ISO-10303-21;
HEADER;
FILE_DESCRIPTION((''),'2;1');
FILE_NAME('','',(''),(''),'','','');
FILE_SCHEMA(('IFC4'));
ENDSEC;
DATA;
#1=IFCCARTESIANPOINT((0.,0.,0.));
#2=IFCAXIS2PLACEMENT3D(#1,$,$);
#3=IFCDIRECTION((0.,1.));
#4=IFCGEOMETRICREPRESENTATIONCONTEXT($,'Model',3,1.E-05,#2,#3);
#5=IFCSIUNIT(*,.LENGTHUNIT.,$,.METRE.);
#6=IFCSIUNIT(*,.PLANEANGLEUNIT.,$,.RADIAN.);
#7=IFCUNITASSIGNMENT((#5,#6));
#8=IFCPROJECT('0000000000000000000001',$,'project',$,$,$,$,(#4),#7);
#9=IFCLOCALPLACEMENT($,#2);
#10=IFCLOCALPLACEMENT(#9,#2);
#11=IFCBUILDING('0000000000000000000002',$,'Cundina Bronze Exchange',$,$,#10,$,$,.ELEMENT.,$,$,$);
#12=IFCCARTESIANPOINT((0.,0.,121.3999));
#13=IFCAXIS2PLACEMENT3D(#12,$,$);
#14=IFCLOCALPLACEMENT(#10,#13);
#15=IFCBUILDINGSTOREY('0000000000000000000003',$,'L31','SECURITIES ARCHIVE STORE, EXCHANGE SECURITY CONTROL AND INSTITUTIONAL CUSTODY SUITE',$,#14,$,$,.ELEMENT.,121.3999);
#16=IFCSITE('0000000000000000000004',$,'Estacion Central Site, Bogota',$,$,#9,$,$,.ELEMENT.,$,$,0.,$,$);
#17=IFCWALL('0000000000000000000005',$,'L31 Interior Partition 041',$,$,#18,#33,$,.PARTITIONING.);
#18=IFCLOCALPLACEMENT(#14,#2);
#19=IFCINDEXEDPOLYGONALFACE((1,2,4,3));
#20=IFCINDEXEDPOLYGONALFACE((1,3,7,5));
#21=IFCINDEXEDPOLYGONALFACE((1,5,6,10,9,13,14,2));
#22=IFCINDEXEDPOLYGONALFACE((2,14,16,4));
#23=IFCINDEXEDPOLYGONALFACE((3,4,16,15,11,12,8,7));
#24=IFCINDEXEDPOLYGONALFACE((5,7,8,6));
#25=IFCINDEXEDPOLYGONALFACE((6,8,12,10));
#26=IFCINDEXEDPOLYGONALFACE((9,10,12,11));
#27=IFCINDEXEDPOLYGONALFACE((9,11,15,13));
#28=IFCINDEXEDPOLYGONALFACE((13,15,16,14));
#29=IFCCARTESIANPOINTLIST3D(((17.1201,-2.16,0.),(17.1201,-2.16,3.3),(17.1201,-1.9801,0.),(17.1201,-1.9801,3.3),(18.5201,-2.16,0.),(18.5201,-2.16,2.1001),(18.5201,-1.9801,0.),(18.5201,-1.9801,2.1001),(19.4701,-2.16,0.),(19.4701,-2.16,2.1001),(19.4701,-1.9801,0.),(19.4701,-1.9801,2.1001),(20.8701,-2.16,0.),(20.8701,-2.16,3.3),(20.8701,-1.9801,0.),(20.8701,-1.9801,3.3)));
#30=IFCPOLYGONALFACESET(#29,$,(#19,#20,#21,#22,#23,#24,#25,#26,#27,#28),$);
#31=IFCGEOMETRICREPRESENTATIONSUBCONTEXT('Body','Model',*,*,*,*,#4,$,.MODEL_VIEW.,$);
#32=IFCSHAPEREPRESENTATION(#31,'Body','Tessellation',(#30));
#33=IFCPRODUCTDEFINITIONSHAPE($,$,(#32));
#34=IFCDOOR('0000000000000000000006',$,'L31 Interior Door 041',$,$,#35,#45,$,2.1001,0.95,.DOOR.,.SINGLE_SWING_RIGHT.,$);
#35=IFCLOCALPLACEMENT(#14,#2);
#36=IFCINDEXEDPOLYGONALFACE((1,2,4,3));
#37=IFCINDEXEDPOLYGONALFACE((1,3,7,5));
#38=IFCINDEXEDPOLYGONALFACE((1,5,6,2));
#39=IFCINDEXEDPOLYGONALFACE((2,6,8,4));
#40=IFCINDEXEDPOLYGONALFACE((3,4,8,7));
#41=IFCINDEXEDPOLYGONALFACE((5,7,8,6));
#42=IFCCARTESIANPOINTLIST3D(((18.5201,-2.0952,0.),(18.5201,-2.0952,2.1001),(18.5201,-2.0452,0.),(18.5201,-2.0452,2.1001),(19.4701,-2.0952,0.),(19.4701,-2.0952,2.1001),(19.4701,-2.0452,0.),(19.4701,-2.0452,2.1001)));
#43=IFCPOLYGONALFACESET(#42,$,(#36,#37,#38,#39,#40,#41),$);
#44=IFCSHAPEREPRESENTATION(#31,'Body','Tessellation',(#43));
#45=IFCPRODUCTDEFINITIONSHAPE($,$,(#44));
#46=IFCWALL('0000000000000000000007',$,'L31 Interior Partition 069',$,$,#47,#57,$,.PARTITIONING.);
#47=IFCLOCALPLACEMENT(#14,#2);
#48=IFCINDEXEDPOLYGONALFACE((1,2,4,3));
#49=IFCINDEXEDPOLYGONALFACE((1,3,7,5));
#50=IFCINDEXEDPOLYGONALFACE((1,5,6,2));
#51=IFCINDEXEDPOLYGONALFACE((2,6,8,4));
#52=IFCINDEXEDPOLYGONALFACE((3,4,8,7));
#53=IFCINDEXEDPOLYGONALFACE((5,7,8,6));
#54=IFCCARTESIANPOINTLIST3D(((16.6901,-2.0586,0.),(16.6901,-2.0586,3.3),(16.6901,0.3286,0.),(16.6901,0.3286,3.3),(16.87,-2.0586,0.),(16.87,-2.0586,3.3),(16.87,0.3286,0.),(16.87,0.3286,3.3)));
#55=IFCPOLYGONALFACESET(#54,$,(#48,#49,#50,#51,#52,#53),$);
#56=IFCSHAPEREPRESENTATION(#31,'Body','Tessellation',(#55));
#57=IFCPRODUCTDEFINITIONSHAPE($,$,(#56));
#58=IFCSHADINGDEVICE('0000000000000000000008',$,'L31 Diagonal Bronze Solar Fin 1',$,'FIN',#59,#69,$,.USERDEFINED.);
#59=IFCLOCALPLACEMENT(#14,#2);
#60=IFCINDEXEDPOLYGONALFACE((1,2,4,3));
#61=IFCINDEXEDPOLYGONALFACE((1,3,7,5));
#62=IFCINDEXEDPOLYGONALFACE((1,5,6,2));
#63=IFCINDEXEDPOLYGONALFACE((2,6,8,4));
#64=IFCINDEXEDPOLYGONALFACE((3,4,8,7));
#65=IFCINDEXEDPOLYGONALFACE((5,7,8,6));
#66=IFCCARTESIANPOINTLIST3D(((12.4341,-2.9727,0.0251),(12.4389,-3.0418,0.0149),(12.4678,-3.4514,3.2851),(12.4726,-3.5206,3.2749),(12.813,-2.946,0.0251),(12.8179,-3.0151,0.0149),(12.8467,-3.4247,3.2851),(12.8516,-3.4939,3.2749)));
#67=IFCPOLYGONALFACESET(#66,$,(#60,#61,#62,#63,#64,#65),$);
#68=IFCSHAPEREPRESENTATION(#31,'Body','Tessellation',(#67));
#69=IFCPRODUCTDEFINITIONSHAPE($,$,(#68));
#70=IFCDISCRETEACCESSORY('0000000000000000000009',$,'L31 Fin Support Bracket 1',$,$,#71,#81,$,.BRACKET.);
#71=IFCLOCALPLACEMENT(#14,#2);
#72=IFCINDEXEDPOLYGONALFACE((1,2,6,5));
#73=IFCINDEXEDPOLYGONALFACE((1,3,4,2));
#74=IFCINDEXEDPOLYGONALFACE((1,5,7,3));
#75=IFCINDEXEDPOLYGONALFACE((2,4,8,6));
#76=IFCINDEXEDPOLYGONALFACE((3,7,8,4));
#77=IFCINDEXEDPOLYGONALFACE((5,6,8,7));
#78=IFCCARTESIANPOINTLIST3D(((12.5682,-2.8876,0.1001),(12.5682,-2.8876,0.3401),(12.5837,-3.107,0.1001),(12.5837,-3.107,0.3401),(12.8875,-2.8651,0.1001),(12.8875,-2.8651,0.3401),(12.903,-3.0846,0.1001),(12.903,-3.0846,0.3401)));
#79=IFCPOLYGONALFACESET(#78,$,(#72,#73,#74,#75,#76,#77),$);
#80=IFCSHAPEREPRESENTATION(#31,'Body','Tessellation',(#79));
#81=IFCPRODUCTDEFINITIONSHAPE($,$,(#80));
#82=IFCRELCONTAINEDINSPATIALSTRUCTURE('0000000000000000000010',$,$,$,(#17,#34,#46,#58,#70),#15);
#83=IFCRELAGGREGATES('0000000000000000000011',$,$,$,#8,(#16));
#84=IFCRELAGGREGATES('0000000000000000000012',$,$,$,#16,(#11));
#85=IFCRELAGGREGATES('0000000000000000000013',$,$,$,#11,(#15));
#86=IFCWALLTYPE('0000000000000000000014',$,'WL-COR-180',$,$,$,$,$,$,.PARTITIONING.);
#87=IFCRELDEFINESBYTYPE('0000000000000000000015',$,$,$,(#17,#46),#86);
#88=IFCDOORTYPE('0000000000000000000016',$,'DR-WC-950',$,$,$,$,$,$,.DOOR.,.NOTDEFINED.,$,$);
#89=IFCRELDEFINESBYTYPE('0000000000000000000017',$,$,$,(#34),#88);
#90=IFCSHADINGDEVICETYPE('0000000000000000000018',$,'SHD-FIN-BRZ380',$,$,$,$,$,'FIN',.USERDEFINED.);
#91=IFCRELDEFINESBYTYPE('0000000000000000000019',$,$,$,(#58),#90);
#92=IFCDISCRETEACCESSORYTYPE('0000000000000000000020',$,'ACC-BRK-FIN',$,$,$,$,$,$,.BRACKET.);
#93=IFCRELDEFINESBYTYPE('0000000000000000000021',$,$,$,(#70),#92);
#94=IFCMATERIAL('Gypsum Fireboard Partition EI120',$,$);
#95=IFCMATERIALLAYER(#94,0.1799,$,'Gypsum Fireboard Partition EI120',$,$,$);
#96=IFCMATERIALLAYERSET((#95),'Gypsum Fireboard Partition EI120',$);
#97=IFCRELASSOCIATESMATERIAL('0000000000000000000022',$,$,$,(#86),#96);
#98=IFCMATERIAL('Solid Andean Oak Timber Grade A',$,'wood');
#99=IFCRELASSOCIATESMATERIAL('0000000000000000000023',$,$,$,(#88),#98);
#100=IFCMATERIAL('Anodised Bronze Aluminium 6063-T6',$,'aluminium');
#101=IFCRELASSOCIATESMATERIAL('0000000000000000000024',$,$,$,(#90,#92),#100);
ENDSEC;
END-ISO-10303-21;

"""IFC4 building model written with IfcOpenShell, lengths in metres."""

from ifc_helpers import new_model, si_unit, direction, frame, frame_2d, origin, origin_2d, place, context, subcontext, project, spatial, rectangle, extrude, material, layer, layer_set, material_profile, profile_set, type_object, element, fill, save


model = new_model("IFC4")

# Units and contexts
model_context = context("Model", 3, precision=1e-05, world=origin(), true_north=direction((0.0, 1.0)))
body_context = subcontext(model_context, "Body", "Model", "MODEL_VIEW")
ifc_project = project(units=[si_unit("LENGTHUNIT", "METRE"), si_unit("PLANEANGLEUNIT", "RADIAN")], contexts=[model_context])

# Site, building, storey
site_placement = place(None, origin())
site = spatial("IfcSite", under=ifc_project, at=site_placement, Name="Estacion Central Site, Bogota", CompositionType="ELEMENT", RefElevation=0.0)
building_placement = place(site_placement, origin())
building = spatial("IfcBuilding", under=site, at=building_placement, Name="Cundina Bronze Exchange", CompositionType="ELEMENT")
storey_placement = place(building_placement, frame((0.0, 0.0, 121.3999)))
storey = spatial("IfcBuildingStorey", under=building, at=storey_placement, Name="L31", Description="SECURITIES ARCHIVE STORE, EXCHANGE SECURITY CONTROL AND INSTITUTIONAL CUSTODY SUITE", CompositionType="ELEMENT", Elevation=121.3999)

# Shared definitions
ifc_material_1 = material(Name="Anodised Bronze Aluminium 6063-T6", Category="aluminium")

# Wall, opening, door
ifc_material_2 = material(Name="Gypsum Fireboard Partition EI120")
ifc_layer_1 = layer(ifc_material_2, 0.1799, Name="Gypsum Fireboard Partition EI120")
ifc_layer_set_1 = layer_set([ifc_layer_1], Name="Gypsum Fireboard Partition EI120")
wall_type = type_object("IfcWallType", Name="WL-COR-180", PredefinedType="PARTITIONING", material=ifc_layer_set_1)
wall_1_placement = place(storey_placement, frame((17.1201, -2.0701, 0.0), z_axis=(0.0, 0.0, 1.0), x_axis=(1.0, 0.0, 0.0)))
wall_1 = element("IfcWall", 1, at=wall_1_placement, inside=storey, type_object=wall_type, Name="L31 Interior Partition 041", PredefinedType="PARTITIONING", context=body_context, shape_type="SweptSolid", body=[
    extrude(rectangle(XDim=3.75, YDim=0.1799, at=frame_2d((1.875, 0.0))), origin(), (0.0, 0.0, 1.0), 3.3),
])
opening_placement = place(wall_1_placement, frame((1.3999, 0.0, 0.0)))
opening = element("IfcOpeningElement", 2, at=opening_placement, cuts=wall_1, PredefinedType="OPENING", context=body_context, shape_type="SweptSolid", body=[
    extrude(rectangle(XDim=0.95, YDim=2.1001, at=frame_2d((0.4751, 1.05))), frame((0.0, 0.0999, 0.0), z_axis=(0.0, -1.0, 0.0), x_axis=(1.0, 0.0, 0.0)), (0.0, 0.0, 1.0), 0.2),
])
ifc_material_3 = material(Name="Solid Andean Oak Timber Grade A", Category="wood")
door_type = type_object("IfcDoorType", Name="DR-WC-950", OperationType="NOTDEFINED", PredefinedType="DOOR", material=ifc_material_3)
door_placement = place(opening_placement, origin())
door = element("IfcDoor", 3, at=door_placement, inside=storey, type_object=door_type, Name="L31 Interior Door 041", OperationType="SINGLE_SWING_RIGHT", OverallHeight=2.1001, OverallWidth=0.95, PredefinedType="DOOR", context=body_context, shape_type="SweptSolid", body=[
    extrude(rectangle(XDim=0.95, YDim=2.1001, at=frame_2d((0.4751, 1.05))), frame((0.0, 0.0249, 0.0), z_axis=(0.0, -1.0, 0.0), x_axis=(1.0, 0.0, 0.0)), (0.0, 0.0, 1.0), 0.05),
])
fill(opening, door)

# Wall
wall_2_placement = place(storey_placement, frame((16.78, 0.3286, 0.0), z_axis=(0.0, 0.0, 1.0), x_axis=(0.0, -1.0, 0.0)))
element("IfcWall", 4, at=wall_2_placement, inside=storey, type_object=wall_type, Name="L31 Interior Partition 069", PredefinedType="PARTITIONING", context=body_context, shape_type="SweptSolid", body=[
    extrude(rectangle(XDim=2.3872, YDim=0.1799, at=frame_2d((1.1936, 0.0))), origin(), (0.0, 0.0, 1.0), 3.3),
])

# Shading device
ifc_material_profile_1 = material_profile(ifc_material_1, rectangle(XDim=0.0701, YDim=0.3799, at=origin_2d()), Name="FIN70X380", Category="aluminium")
ifc_profile_set_1 = profile_set([ifc_material_profile_1], Name="Anodised Bronze Aluminium 6063-T6")
shading_device_type = type_object("IfcShadingDeviceType", Name="SHD-FIN-BRZ380", ElementType="FIN", PredefinedType="USERDEFINED", material=ifc_profile_set_1)
shading_device_placement = place(storey_placement, frame((12.626, -2.9939, 0.02), z_axis=(0.010225, -0.145292, 0.989336), x_axis=(-0.06945, 0.986895, 0.145652)))
element("IfcShadingDevice", 5, at=shading_device_placement, inside=storey, type_object=shading_device_type, Name="L31 Diagonal Bronze Solar Fin 1", ObjectType="FIN", PredefinedType="USERDEFINED", context=body_context, shape_type="SweptSolid", body=[
    extrude(rectangle(XDim=0.0701, YDim=0.3799, at=origin_2d()), origin(), (0.0, 0.0, 1.0), 3.2952),
])

# Discrete accessory
discrete_accessory_type = type_object("IfcDiscreteAccessoryType", Name="ACC-BRK-FIN", PredefinedType="BRACKET", material=ifc_material_1)
discrete_accessory_placement = place(storey_placement, frame((12.7356, -2.9861, 0.1001), z_axis=(0.0, 0.0, 1.0), x_axis=(0.070279, -0.997527, 0.0)))
element("IfcDiscreteAccessory", 6, at=discrete_accessory_placement, inside=storey, type_object=discrete_accessory_type, Name="L31 Fin Support Bracket 1", PredefinedType="BRACKET", context=body_context, shape_type="SweptSolid", body=[
    extrude(rectangle(XDim=0.22, YDim=0.3201, at=origin_2d()), origin(), (0.0, 0.0, 1.0), 0.24),
])

save(model, "model.ifc")
